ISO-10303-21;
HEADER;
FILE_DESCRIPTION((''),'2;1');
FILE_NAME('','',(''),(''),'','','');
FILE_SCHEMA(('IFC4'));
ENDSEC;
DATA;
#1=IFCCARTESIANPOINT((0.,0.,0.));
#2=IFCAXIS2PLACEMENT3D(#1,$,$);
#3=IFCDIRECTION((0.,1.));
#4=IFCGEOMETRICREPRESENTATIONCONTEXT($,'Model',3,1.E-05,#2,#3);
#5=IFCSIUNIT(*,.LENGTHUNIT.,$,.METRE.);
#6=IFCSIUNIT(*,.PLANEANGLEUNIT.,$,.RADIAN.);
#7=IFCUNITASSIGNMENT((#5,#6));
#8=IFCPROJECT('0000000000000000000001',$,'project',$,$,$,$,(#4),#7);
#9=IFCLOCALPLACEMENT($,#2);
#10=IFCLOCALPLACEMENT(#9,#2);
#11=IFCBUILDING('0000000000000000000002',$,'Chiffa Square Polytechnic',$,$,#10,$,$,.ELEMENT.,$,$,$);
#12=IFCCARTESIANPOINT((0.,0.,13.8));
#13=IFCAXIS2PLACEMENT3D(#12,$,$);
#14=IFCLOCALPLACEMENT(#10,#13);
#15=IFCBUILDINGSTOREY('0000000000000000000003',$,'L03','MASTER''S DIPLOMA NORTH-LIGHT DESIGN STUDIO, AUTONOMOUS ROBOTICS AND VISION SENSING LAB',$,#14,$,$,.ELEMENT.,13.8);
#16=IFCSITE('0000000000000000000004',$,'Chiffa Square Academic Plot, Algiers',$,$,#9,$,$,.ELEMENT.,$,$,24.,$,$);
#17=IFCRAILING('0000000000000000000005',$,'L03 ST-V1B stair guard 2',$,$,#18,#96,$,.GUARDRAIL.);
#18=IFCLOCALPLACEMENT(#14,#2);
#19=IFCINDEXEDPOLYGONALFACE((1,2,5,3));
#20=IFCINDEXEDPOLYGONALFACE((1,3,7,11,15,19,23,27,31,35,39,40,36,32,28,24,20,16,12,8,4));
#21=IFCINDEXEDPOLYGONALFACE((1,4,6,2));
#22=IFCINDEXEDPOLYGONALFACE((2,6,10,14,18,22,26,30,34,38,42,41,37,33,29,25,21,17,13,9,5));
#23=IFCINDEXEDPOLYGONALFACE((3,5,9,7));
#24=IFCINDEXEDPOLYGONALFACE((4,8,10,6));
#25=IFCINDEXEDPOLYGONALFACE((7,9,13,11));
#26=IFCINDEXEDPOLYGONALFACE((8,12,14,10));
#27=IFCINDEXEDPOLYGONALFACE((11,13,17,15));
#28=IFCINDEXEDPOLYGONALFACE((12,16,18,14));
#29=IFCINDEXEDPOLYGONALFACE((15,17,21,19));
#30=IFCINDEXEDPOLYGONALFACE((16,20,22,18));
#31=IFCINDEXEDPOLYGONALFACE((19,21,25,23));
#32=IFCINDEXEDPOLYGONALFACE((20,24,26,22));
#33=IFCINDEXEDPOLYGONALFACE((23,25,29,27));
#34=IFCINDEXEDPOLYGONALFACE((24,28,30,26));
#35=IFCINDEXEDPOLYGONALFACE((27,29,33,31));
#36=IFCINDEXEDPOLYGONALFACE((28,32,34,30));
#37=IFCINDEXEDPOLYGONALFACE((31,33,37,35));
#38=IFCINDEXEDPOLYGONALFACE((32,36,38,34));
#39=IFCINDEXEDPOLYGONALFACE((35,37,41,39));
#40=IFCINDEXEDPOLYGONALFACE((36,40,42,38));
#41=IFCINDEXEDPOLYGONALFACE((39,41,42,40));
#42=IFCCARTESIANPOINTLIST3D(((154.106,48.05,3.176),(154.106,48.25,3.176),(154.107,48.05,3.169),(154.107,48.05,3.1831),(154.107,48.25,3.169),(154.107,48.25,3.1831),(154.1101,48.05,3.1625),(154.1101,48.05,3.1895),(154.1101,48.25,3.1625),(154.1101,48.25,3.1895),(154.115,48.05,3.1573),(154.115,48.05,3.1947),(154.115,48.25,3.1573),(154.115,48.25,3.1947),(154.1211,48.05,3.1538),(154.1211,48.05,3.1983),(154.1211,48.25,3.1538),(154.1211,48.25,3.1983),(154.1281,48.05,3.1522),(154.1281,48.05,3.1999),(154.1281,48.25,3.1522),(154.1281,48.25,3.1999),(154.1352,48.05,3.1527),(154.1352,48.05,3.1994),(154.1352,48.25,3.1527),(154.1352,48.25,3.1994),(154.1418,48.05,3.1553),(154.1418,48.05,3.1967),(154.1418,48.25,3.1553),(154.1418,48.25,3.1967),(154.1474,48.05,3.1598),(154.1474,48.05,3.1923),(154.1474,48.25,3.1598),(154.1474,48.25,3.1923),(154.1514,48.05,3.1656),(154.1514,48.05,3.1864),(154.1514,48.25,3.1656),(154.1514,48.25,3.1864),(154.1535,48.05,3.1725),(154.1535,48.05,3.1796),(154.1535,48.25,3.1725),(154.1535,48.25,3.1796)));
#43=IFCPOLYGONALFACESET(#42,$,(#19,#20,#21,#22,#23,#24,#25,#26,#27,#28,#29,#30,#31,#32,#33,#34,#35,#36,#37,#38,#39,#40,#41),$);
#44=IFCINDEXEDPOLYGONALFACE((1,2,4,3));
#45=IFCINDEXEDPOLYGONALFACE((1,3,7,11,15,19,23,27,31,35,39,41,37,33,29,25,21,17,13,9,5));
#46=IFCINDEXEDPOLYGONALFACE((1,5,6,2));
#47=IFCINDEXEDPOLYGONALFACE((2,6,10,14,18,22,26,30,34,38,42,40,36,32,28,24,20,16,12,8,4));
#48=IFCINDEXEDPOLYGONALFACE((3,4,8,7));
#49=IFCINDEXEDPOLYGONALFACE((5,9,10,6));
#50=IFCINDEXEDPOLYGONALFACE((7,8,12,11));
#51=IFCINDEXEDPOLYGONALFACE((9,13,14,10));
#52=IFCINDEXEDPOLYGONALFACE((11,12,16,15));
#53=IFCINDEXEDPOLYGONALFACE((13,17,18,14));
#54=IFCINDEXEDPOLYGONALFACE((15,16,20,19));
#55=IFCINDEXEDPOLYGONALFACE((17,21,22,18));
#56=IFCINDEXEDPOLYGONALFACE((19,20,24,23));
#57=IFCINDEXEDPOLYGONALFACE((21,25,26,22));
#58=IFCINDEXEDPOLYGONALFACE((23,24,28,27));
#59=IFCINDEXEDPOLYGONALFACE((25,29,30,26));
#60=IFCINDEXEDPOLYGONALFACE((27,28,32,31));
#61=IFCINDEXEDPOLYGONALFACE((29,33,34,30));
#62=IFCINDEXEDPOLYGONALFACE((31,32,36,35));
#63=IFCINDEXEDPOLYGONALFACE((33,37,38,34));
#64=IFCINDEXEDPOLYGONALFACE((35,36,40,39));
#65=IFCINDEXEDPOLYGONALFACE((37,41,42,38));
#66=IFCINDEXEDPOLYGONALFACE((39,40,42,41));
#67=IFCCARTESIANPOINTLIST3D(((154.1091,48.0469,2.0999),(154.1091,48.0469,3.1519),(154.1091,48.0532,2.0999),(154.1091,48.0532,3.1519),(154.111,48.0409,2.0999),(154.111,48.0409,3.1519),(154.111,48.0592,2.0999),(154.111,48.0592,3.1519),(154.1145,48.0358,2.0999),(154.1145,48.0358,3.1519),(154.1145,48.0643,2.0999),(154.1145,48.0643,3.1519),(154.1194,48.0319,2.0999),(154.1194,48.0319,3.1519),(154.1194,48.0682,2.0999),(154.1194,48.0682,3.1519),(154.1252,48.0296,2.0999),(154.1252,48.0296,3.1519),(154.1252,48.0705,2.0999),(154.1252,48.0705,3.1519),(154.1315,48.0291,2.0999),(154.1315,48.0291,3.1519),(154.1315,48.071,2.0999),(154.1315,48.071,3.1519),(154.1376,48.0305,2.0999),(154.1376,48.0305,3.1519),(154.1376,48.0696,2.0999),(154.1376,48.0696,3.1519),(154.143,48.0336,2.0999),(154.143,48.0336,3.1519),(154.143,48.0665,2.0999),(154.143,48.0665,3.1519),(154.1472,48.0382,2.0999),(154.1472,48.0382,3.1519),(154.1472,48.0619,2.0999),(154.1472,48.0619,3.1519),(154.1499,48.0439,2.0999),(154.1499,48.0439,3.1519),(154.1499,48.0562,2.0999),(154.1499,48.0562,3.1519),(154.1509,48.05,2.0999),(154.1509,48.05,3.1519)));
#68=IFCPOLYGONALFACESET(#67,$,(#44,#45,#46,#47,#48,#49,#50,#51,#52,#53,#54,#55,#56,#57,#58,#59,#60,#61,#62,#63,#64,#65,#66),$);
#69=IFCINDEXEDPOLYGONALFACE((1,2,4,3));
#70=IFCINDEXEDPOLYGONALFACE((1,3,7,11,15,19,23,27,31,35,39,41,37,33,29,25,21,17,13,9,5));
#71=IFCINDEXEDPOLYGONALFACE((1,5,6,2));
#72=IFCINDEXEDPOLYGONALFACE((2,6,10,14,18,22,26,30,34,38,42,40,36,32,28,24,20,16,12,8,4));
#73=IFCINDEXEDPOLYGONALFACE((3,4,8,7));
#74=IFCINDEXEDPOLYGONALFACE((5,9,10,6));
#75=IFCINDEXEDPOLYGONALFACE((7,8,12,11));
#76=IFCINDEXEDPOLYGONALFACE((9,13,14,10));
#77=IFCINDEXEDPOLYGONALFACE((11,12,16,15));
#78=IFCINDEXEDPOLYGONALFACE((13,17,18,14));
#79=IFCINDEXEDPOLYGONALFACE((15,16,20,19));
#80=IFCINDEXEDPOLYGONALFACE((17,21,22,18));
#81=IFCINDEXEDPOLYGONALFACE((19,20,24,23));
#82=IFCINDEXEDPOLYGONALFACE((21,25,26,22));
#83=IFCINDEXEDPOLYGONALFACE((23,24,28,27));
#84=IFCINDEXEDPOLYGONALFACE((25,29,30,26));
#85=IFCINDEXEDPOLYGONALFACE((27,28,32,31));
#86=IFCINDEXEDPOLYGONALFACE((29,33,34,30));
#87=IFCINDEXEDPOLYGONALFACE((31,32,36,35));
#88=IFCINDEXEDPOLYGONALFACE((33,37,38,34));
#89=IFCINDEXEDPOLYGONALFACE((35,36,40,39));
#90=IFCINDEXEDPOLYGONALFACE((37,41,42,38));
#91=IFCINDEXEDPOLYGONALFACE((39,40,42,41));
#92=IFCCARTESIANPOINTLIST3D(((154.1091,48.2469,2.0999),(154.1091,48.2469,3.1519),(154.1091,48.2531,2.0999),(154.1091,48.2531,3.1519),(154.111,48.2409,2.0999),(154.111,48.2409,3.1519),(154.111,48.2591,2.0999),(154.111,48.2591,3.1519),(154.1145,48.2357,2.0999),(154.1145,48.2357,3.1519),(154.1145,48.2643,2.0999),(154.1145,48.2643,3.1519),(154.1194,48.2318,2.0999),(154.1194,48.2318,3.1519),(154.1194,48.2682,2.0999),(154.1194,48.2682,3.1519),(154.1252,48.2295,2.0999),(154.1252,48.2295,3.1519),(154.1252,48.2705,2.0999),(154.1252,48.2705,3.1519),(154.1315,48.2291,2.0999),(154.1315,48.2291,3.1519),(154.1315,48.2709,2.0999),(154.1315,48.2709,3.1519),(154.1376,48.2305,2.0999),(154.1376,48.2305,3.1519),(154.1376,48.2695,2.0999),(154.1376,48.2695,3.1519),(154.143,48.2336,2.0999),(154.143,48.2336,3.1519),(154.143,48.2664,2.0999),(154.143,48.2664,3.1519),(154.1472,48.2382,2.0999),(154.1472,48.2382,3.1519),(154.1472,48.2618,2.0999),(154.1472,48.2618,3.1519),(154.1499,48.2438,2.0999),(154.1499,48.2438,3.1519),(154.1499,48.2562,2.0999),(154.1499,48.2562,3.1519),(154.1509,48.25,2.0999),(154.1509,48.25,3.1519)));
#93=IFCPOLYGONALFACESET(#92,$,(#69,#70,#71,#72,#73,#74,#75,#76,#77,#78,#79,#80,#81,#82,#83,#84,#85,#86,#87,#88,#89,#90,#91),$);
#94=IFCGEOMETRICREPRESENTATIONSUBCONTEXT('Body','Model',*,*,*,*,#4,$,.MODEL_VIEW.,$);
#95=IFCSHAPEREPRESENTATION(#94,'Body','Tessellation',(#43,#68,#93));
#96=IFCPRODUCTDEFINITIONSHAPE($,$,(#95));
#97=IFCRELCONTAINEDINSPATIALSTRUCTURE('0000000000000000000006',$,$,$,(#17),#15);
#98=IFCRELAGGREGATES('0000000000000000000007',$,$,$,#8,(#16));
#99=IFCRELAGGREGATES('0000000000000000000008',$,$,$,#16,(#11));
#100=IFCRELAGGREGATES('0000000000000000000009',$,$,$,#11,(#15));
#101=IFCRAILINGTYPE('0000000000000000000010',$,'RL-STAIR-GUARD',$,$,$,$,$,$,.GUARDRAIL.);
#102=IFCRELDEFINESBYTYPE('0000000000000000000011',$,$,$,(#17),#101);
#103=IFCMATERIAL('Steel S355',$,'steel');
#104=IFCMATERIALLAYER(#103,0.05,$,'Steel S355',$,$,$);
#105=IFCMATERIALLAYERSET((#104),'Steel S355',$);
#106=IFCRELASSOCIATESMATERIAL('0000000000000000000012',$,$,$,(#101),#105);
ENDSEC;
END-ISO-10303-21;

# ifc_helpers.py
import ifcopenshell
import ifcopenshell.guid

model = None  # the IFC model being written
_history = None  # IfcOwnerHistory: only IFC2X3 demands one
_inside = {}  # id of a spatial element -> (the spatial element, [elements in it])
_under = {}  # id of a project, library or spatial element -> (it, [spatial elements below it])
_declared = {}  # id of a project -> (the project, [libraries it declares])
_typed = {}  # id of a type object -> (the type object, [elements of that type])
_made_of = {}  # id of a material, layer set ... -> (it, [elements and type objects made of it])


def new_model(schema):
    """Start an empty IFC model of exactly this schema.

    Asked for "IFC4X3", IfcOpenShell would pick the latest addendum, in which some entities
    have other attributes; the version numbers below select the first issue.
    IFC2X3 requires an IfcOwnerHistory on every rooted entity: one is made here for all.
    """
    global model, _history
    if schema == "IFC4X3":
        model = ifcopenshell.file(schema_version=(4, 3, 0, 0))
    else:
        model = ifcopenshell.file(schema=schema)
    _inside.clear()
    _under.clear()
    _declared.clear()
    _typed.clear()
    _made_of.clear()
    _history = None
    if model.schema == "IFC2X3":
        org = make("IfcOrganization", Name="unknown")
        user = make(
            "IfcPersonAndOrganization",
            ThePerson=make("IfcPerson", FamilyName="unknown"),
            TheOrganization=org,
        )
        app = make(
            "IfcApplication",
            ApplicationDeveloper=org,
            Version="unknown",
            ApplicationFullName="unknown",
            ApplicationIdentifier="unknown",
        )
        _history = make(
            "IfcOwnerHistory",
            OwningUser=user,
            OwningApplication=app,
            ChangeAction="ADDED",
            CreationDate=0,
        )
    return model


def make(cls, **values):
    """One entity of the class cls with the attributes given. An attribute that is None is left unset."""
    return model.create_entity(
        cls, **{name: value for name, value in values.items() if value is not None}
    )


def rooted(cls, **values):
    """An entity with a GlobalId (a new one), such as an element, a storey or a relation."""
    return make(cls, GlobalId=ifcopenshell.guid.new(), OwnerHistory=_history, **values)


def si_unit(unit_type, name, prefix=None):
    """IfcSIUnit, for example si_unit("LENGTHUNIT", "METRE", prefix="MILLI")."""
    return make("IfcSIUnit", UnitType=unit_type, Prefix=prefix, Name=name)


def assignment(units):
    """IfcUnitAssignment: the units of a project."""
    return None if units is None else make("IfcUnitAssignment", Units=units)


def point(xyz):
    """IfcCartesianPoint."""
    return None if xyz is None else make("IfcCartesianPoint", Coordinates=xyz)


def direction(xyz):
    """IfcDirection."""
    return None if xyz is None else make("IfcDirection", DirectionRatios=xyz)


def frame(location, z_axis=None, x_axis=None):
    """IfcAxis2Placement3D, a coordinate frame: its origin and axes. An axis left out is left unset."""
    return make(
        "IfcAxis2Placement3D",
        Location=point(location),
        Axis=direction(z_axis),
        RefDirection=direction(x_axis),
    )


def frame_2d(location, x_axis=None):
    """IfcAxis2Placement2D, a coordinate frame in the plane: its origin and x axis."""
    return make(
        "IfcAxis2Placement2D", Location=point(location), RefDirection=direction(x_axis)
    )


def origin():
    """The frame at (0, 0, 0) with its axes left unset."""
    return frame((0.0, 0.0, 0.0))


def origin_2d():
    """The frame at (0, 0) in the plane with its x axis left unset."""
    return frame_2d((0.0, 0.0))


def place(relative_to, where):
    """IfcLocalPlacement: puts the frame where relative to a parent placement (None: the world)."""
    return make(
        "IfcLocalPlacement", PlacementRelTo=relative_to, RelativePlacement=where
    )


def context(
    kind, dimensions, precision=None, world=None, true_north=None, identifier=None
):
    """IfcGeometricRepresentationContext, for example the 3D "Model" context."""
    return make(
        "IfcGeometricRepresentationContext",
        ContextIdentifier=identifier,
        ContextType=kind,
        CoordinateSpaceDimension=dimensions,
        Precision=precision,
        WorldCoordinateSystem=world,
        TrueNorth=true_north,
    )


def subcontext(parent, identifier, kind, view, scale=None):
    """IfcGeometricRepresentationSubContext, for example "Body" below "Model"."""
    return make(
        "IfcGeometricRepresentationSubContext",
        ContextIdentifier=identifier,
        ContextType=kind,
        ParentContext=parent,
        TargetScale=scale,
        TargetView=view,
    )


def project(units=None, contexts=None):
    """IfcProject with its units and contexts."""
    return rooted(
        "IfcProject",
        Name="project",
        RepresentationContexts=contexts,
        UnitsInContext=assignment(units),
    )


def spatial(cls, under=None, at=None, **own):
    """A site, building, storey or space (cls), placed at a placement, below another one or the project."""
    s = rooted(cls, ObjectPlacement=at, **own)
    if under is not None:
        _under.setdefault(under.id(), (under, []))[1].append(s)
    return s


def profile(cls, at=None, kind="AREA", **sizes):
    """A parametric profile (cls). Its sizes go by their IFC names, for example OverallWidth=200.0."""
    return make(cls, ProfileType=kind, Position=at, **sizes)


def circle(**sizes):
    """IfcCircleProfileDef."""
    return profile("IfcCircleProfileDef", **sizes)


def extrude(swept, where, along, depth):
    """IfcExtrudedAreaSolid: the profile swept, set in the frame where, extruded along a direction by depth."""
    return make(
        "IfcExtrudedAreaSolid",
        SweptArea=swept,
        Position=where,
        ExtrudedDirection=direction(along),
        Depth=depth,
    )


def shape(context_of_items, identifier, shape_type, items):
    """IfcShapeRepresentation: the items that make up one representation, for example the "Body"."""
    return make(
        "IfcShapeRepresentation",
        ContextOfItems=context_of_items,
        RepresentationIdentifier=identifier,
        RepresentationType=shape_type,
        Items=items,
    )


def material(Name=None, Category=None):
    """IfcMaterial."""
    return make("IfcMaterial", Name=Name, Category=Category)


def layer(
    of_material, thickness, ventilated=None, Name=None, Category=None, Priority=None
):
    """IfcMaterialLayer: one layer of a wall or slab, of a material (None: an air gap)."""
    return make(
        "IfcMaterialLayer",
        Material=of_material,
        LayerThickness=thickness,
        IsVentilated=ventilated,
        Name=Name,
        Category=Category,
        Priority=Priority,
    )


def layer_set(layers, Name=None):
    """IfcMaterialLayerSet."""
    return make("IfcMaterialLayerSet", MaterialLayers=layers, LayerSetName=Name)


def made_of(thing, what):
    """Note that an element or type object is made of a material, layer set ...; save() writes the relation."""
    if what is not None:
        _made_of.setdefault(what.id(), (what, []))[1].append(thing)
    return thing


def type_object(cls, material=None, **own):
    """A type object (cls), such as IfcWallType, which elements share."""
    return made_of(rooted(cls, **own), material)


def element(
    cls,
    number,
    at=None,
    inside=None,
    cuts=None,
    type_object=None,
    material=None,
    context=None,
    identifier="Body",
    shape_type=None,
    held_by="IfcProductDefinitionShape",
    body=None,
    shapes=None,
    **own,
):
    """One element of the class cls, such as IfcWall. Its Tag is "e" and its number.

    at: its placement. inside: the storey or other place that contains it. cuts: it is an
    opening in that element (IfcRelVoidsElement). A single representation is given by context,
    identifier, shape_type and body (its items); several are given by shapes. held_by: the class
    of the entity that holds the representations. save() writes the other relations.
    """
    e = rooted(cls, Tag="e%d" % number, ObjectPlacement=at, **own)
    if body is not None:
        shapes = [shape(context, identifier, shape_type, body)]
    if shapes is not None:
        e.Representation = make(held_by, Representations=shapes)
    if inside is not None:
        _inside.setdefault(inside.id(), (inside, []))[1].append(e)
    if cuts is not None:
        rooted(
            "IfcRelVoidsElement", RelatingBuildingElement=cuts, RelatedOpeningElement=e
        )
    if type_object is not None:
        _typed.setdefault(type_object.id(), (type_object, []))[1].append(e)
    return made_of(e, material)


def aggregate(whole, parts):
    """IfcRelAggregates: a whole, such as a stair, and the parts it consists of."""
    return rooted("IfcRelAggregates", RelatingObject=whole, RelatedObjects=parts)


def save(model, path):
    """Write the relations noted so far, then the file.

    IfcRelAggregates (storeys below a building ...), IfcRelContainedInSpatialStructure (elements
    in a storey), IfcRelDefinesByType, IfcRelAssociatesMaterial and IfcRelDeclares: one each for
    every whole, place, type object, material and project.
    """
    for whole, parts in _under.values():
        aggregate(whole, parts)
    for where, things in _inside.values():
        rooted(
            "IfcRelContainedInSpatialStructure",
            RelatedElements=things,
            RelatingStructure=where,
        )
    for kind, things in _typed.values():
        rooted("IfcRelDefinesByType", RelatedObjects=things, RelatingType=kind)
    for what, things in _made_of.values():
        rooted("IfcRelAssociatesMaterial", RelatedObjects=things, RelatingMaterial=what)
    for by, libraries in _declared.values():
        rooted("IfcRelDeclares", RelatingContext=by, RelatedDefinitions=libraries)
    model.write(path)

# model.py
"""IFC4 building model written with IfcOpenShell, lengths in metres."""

from ifc_helpers import new_model, si_unit, direction, frame, origin, origin_2d, place, context, subcontext, project, spatial, circle, extrude, material, layer, layer_set, type_object, element, save


model = new_model("IFC4")

# Units and contexts
model_context = context("Model", 3, precision=1e-05, world=origin(), true_north=direction((0.0, 1.0)))
body_context = subcontext(model_context, "Body", "Model", "MODEL_VIEW")
ifc_project = project(units=[si_unit("LENGTHUNIT", "METRE"), si_unit("PLANEANGLEUNIT", "RADIAN")], contexts=[model_context])

# Site, building, storey
site_placement = place(None, origin())
site = spatial("IfcSite", under=ifc_project, at=site_placement, Name="Chiffa Square Academic Plot, Algiers", CompositionType="ELEMENT", RefElevation=24.0)
building_placement = place(site_placement, origin())
building = spatial("IfcBuilding", under=site, at=building_placement, Name="Chiffa Square Polytechnic", CompositionType="ELEMENT")
storey_placement = place(building_placement, frame((0.0, 0.0, 13.8)))
storey = spatial("IfcBuildingStorey", under=building, at=storey_placement, Name="L03", Description="MASTER'S DIPLOMA NORTH-LIGHT DESIGN STUDIO, AUTONOMOUS ROBOTICS AND VISION SENSING LAB", CompositionType="ELEMENT", Elevation=13.8)

# Railing
ifc_material_1 = material(Name="Steel S355", Category="steel")
ifc_layer_1 = layer(ifc_material_1, 0.05, Name="Steel S355")
ifc_layer_set_1 = layer_set([ifc_layer_1], Name="Steel S355")
railing_type_1 = type_object("IfcRailingType", Name="RL-STAIR-GUARD", PredefinedType="GUARDRAIL", material=ifc_layer_set_1)
railing_1_placement = place(storey_placement, frame((154.1299, 48.05, 2.0999)))
element("IfcRailing", 1, at=railing_1_placement, inside=storey, type_object=railing_type_1, Name="L03 ST-V1B stair guard 2", PredefinedType="GUARDRAIL", context=body_context, shape_type="SweptSolid", body=[
    extrude(circle(Radius=0.0239, at=origin_2d()), frame((0.0, 0.0, 1.0762), z_axis=(0.0, 1.0, 0.0), x_axis=(-1.0, 0.0, 0.0)), (0.0, 0.0, 1.0), 0.2),
    extrude(circle(Radius=0.021, at=origin_2d()), origin(), (0.0, 0.0, 1.0), 1.052),
    extrude(circle(Radius=0.021, at=origin_2d()), frame((0.0, 0.2, 0.0)), (0.0, 0.0, 1.0), 1.052),
])

save(model, "model.ifc")
